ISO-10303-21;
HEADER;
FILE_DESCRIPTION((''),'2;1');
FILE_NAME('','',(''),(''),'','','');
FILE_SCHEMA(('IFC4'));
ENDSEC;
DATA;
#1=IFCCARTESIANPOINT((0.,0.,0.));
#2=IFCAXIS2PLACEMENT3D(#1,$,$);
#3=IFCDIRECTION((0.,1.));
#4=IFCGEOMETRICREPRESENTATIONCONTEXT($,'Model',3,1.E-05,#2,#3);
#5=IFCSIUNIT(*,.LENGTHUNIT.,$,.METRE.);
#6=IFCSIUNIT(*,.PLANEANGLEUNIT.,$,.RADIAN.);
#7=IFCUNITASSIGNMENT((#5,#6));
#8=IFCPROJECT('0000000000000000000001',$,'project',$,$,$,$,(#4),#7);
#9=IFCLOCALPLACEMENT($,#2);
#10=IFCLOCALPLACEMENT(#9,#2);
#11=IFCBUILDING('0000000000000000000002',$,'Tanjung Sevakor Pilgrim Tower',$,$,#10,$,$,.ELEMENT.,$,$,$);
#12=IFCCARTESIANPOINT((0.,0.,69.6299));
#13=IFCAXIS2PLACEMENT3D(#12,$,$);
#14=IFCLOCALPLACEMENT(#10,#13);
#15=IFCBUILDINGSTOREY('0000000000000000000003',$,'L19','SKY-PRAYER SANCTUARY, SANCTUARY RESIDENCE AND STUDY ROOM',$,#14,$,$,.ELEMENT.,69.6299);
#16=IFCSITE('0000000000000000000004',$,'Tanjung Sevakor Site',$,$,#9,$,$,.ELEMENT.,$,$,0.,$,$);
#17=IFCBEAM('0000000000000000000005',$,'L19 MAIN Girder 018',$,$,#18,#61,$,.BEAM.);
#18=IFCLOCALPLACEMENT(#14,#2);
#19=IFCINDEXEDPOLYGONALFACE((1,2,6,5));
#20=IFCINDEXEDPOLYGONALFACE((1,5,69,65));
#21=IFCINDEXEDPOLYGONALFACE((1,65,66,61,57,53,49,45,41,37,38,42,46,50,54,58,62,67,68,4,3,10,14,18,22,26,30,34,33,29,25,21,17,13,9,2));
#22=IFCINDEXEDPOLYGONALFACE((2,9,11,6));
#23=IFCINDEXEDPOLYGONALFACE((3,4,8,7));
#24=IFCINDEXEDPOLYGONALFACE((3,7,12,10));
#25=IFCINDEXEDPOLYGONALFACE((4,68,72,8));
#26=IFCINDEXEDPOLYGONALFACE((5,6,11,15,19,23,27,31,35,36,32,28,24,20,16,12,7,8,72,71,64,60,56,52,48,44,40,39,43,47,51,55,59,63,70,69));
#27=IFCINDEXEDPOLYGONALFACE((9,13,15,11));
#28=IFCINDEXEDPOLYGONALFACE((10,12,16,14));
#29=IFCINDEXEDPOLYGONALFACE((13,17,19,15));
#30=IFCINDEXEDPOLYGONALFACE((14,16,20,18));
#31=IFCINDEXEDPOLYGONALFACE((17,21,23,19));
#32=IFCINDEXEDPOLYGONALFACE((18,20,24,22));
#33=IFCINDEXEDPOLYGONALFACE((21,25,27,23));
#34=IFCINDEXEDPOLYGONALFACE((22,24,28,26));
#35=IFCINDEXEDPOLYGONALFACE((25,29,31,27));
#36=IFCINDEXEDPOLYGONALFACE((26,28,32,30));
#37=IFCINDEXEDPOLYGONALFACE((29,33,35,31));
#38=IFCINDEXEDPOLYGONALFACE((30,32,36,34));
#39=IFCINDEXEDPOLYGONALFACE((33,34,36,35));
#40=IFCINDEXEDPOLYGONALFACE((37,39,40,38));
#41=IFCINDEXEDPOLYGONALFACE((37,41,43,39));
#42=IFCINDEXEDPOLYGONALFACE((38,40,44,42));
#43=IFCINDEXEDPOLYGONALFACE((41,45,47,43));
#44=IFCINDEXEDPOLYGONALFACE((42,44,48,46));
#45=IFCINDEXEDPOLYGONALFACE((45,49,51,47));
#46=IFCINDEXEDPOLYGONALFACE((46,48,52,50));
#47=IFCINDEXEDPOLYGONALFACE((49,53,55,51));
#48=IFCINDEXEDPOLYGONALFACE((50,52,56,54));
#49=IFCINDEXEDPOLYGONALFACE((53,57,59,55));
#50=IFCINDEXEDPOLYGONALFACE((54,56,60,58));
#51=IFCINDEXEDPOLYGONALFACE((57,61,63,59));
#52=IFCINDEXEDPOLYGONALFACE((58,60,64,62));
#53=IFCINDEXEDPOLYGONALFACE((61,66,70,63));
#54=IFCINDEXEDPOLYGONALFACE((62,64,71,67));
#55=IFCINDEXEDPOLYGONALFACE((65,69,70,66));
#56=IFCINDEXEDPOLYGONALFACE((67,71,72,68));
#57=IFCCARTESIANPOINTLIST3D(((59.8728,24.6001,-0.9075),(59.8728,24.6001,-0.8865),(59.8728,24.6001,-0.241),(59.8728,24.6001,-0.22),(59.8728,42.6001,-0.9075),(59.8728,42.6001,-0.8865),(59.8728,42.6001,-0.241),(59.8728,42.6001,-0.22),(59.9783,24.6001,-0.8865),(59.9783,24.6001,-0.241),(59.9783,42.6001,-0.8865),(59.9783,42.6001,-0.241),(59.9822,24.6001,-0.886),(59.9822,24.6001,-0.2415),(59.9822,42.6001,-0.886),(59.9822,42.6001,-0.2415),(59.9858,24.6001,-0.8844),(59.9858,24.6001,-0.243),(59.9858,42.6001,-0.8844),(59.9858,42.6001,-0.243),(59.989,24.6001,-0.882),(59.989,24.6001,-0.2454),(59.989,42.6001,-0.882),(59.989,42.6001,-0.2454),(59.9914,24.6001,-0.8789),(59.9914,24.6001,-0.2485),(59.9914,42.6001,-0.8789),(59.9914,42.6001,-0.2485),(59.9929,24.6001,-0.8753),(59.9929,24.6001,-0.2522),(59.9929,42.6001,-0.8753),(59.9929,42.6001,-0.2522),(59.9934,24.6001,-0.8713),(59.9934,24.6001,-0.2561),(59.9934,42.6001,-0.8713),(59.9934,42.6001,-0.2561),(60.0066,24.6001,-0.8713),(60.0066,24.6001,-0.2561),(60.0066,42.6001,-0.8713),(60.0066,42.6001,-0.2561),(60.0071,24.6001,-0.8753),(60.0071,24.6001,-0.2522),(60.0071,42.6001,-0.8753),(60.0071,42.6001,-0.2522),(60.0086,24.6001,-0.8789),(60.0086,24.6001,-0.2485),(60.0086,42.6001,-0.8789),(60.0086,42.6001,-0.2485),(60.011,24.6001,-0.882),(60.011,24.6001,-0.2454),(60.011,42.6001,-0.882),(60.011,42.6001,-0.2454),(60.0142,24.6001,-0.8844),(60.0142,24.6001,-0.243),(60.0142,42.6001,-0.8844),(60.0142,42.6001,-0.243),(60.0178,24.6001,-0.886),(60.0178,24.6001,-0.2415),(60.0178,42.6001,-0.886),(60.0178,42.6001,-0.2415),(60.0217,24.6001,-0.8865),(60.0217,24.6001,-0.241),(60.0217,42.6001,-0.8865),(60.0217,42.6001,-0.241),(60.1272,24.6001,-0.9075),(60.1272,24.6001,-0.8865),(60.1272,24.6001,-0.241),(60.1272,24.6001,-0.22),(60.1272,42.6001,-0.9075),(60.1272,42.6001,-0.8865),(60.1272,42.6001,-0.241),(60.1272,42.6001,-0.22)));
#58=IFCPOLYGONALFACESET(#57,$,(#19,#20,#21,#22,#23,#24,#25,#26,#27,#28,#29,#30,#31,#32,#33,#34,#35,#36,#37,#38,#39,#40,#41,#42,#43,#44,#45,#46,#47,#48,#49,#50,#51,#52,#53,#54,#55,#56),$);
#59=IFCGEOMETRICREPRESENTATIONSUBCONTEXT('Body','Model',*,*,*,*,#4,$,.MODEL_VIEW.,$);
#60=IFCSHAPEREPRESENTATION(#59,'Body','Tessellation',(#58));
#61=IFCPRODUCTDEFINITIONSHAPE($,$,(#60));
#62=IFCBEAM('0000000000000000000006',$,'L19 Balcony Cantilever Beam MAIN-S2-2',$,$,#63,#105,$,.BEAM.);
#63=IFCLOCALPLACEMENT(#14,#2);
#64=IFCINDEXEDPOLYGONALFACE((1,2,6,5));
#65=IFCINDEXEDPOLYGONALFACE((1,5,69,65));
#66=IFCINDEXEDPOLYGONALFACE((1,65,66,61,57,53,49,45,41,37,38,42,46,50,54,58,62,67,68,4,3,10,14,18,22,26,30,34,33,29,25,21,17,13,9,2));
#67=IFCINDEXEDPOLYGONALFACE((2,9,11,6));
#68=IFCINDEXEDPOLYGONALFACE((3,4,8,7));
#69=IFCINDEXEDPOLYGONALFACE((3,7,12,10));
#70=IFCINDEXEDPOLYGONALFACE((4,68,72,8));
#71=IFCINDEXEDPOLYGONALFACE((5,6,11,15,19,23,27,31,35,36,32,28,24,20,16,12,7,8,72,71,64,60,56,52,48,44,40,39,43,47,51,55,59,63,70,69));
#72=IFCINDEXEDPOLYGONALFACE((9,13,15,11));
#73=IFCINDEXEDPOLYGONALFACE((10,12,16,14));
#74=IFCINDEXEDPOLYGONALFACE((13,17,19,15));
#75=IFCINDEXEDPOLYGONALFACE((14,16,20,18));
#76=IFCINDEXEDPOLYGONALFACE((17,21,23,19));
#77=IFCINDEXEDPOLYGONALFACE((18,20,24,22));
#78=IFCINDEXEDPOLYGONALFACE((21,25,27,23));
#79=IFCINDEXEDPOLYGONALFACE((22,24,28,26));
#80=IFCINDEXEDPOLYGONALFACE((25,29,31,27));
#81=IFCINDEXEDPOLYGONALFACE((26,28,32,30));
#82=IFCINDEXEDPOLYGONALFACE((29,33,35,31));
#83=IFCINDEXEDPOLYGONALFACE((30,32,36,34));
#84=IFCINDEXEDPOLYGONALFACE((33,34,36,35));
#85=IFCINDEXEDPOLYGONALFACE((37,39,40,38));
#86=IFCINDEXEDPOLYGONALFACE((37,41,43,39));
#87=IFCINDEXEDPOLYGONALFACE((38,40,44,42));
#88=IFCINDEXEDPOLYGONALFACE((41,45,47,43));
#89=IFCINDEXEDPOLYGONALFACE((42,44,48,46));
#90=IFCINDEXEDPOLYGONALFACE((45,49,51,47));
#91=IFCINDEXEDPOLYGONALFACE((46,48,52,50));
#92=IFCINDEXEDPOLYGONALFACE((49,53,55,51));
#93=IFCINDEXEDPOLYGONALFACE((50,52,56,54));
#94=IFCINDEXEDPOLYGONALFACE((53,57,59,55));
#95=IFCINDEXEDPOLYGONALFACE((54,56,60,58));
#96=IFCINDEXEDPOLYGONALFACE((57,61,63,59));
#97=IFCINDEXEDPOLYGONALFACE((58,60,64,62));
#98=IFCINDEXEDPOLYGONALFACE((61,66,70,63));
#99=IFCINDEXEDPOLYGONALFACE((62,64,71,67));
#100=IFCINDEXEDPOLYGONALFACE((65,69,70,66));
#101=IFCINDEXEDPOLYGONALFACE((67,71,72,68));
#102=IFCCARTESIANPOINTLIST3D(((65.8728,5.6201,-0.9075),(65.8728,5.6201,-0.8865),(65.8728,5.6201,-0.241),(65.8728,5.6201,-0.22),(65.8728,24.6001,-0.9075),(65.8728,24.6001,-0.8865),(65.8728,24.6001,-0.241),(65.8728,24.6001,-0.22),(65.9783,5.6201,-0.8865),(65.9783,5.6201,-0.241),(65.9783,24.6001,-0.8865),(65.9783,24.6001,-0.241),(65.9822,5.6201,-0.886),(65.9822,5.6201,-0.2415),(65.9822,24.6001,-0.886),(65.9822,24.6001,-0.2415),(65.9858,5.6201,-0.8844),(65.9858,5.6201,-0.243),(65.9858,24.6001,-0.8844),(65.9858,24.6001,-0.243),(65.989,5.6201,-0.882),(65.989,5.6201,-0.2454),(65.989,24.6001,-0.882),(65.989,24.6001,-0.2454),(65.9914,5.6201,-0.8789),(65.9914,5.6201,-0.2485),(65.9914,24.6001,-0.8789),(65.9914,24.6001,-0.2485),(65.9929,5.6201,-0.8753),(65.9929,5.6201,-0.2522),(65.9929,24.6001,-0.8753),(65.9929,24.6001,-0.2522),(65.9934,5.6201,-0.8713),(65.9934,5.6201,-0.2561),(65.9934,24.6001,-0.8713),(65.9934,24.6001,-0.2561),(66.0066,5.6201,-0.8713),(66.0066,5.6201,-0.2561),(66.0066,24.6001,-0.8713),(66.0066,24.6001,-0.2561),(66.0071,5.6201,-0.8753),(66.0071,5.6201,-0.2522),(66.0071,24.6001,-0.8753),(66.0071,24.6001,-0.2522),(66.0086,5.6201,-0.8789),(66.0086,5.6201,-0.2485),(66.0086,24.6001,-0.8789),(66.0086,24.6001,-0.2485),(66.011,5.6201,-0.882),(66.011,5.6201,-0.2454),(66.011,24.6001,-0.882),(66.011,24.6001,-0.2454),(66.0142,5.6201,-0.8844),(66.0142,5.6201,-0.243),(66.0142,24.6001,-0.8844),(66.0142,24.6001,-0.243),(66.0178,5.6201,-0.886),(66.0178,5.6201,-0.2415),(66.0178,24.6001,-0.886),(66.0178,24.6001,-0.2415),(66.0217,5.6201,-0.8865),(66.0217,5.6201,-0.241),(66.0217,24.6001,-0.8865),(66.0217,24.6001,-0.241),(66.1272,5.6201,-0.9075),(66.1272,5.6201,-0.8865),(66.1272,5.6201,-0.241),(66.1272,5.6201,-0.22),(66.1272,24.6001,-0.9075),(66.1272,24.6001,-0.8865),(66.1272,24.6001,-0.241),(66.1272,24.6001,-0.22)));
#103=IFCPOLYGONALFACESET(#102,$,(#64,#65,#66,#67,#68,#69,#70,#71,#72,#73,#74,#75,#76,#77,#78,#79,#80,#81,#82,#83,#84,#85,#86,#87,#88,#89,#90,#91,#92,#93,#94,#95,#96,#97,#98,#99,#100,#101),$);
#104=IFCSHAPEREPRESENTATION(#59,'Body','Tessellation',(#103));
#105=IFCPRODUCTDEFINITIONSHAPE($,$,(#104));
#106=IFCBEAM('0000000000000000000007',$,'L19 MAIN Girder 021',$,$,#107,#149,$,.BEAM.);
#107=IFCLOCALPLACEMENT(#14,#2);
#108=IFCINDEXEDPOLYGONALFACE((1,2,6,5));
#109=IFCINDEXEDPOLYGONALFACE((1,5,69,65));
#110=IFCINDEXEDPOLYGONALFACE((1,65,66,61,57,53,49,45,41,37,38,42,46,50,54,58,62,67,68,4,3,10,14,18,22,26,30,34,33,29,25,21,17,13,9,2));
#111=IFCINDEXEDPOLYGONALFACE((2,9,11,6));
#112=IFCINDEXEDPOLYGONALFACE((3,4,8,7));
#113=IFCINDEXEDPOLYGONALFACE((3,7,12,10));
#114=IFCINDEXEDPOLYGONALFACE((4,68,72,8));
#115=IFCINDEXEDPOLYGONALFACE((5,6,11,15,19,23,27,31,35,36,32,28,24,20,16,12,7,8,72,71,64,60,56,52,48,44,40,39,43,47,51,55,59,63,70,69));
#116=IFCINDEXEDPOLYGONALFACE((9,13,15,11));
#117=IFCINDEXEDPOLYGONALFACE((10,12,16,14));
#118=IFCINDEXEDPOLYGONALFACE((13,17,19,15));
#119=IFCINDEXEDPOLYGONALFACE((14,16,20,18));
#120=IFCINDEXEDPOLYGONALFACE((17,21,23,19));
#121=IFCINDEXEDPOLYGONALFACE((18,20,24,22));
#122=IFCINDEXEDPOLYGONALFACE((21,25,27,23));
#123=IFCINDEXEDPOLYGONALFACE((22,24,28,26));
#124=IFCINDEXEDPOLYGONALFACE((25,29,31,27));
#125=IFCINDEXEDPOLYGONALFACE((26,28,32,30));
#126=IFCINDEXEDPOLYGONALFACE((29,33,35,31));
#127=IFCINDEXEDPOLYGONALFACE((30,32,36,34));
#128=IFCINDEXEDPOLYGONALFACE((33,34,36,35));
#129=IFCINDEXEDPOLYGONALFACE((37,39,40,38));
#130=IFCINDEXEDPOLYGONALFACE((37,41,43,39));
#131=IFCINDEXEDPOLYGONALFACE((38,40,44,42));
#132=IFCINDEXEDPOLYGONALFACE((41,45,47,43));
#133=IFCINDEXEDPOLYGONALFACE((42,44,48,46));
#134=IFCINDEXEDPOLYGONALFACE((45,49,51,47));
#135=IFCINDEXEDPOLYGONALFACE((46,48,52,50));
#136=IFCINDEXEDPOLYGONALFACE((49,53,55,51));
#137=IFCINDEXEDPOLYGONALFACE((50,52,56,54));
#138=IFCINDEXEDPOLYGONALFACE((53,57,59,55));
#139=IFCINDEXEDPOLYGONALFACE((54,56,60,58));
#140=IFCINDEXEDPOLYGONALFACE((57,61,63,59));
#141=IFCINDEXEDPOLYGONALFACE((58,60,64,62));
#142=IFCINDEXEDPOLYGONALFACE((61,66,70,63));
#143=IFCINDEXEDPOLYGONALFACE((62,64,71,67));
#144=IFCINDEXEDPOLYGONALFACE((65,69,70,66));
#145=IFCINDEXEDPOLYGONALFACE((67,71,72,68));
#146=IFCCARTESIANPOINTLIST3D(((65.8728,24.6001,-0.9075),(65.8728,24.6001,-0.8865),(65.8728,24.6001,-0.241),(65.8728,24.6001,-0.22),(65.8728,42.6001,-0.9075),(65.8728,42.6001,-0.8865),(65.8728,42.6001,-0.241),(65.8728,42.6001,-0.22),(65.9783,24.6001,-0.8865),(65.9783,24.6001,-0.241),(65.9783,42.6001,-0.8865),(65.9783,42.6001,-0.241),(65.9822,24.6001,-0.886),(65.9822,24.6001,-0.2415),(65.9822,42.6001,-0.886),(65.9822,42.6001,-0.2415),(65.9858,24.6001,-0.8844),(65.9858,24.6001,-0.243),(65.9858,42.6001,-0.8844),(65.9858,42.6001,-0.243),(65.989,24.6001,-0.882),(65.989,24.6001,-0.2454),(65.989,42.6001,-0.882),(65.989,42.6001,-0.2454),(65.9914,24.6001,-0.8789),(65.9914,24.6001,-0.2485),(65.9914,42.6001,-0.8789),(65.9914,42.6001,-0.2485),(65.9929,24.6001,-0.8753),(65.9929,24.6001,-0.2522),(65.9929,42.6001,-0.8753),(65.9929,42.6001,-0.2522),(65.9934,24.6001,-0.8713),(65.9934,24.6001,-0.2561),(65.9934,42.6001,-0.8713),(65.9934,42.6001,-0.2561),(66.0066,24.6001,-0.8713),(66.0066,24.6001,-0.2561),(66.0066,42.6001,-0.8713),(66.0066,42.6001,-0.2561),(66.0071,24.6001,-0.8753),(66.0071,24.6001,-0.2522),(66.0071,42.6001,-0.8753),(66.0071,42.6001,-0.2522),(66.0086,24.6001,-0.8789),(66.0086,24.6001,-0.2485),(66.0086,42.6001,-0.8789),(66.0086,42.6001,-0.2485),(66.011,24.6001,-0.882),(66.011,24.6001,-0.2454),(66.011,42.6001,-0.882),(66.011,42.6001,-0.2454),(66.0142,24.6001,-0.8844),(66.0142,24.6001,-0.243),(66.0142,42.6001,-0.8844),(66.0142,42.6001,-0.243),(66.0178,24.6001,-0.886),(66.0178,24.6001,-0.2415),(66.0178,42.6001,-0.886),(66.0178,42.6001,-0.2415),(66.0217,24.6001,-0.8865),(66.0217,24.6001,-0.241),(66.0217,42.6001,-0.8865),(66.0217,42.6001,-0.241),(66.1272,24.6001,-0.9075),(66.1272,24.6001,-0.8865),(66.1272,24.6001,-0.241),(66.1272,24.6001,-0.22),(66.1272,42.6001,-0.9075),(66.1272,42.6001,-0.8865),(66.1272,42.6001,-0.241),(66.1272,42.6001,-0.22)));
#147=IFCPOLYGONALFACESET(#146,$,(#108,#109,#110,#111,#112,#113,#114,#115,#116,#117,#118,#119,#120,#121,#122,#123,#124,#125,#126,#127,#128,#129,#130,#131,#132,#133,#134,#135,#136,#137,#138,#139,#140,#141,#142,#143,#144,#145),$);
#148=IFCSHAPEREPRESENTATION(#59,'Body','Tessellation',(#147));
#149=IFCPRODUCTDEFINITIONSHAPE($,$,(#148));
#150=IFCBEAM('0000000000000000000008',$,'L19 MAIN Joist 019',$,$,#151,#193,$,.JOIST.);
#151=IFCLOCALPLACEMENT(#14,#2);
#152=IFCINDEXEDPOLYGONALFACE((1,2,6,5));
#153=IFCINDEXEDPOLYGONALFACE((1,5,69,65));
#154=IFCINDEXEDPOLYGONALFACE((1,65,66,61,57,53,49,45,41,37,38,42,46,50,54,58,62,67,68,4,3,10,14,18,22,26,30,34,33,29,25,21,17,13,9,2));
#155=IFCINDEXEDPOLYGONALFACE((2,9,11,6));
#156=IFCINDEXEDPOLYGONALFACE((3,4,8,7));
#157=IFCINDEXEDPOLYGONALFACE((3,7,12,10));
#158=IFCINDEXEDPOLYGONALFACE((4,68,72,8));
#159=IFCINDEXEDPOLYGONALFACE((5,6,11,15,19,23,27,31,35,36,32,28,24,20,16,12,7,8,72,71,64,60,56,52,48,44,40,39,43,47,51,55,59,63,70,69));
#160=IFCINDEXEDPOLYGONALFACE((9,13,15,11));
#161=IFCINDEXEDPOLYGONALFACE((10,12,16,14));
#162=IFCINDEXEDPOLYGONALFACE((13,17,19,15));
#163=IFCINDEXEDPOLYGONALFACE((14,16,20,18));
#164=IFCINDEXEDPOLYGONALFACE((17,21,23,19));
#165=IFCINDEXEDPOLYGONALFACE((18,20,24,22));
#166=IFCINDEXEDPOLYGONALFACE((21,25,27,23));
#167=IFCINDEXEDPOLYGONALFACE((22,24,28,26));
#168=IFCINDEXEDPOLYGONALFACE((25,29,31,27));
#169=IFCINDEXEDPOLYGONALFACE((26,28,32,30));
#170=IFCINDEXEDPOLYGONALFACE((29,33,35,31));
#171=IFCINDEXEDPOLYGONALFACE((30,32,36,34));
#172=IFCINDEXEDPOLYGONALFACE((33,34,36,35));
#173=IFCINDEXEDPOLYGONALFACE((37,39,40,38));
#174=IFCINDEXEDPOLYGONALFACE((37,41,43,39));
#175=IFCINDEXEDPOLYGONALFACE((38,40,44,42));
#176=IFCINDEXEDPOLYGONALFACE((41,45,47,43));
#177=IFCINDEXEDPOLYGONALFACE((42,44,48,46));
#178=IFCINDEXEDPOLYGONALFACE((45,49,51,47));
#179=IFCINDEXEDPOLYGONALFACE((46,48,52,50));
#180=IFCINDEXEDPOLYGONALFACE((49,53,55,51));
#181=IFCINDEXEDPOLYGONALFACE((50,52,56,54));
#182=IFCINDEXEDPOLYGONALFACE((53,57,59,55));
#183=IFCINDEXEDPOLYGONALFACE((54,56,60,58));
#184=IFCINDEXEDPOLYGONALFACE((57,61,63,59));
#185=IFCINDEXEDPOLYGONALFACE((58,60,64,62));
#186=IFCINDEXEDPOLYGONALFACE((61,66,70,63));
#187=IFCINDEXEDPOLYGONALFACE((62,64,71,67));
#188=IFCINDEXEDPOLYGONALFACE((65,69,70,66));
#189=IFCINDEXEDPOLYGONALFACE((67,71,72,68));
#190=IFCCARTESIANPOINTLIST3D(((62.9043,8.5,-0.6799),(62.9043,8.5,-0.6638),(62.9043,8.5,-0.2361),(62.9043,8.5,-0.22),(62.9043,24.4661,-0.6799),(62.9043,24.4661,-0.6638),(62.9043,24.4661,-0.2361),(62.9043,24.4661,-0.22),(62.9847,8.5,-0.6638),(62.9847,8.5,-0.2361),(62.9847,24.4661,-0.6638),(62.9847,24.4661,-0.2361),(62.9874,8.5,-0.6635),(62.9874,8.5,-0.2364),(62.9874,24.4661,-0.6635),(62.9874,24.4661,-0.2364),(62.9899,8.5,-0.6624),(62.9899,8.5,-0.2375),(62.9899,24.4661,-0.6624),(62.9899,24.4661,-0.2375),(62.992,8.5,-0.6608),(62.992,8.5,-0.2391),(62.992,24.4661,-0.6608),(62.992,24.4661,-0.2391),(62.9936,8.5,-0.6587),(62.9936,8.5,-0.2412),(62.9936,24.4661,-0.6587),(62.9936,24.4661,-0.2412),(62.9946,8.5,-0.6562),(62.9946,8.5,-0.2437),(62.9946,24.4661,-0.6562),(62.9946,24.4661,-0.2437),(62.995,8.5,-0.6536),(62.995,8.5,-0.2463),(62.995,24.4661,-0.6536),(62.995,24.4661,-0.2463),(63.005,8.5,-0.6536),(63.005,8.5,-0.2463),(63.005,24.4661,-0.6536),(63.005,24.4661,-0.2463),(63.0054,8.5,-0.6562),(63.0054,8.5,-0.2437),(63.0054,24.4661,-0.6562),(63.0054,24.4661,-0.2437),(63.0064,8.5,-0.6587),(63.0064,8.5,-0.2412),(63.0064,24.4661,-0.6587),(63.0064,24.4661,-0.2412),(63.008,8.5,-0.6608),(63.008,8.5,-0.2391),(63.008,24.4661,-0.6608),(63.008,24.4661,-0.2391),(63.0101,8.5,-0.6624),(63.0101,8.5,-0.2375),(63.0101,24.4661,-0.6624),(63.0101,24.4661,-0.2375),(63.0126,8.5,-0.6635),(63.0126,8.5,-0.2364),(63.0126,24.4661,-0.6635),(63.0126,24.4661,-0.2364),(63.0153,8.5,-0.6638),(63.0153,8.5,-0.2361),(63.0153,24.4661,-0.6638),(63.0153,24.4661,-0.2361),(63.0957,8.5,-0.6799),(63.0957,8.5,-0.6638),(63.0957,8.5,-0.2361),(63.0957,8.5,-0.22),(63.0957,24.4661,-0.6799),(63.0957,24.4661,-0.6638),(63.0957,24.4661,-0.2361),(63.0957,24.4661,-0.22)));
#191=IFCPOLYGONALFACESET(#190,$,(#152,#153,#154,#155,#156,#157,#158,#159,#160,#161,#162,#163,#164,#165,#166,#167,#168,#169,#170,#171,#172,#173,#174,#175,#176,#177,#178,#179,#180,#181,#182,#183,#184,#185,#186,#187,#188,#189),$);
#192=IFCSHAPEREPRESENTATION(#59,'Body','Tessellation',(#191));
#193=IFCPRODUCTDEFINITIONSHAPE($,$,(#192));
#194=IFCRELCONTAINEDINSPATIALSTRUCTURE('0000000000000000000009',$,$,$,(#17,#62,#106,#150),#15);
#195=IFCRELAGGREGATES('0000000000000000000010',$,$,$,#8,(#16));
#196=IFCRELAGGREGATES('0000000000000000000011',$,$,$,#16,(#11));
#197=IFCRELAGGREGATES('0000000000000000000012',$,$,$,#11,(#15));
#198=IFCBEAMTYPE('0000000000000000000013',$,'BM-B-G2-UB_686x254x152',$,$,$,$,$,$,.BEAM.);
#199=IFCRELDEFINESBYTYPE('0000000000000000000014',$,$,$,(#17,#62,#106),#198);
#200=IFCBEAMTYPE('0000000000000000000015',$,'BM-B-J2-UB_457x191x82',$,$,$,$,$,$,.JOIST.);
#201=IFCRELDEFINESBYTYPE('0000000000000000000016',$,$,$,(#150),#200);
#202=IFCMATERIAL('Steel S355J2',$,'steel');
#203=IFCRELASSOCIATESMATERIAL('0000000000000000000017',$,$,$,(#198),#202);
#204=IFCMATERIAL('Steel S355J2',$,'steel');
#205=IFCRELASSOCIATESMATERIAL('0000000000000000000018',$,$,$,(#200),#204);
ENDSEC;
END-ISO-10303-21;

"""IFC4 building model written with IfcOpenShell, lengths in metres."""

from ifc_helpers import new_model, si_unit, direction, frame, origin, origin_2d, place, context, subcontext, project, spatial, i_section, extrude, material, material_profile, profile_set, type_object, element, save


model = new_model("IFC4")

# Units and contexts
model_context = context("Model", 3, precision=1e-05, world=origin(), true_north=direction((0.0, 1.0)))
body_context = subcontext(model_context, "Body", "Model", "MODEL_VIEW")
ifc_project = project(units=[si_unit("LENGTHUNIT", "METRE"), si_unit("PLANEANGLEUNIT", "RADIAN")], contexts=[model_context])

# Site, building, storey
site_placement = place(None, origin())
site = spatial("IfcSite", under=ifc_project, at=site_placement, Name="Tanjung Sevakor Site", CompositionType="ELEMENT", RefElevation=0.0)
building_placement = place(site_placement, origin())
building = spatial("IfcBuilding", under=site, at=building_placement, Name="Tanjung Sevakor Pilgrim Tower", CompositionType="ELEMENT")
storey_placement = place(building_placement, frame((0.0, 0.0, 69.6299)))
storey = spatial("IfcBuildingStorey", under=building, at=storey_placement, Name="L19", Description="SKY-PRAYER SANCTUARY, SANCTUARY RESIDENCE AND STUDY ROOM", CompositionType="ELEMENT", Elevation=69.6299)

# Beams
ifc_material_1 = material(Name="Steel S355J2", Category="steel")
ifc_material_profile_1 = material_profile(ifc_material_1, i_section(OverallWidth=0.2544, OverallDepth=0.6875, WebThickness=0.0132, FlangeThickness=0.021, FilletRadius=0.0151, at=origin_2d()))
ifc_profile_set_1 = profile_set([ifc_material_profile_1], Name="Steel S355J2")
beam_type_1 = type_object("IfcBeamType", Name="BM-B-G2-UB_686x254x152", PredefinedType="BEAM", material=ifc_profile_set_1)
beam_1_placement = place(storey_placement, frame((60.0, 24.6001, -0.5637), z_axis=(0.0, 1.0, 0.0), x_axis=(-1.0, 0.0, 0.0)))
element("IfcBeam", 1, at=beam_1_placement, inside=storey, type_object=beam_type_1, Name="L19 MAIN Girder 018", PredefinedType="BEAM", context=body_context, shape_type="SweptSolid", body=[
    extrude(i_section(OverallWidth=0.2544, OverallDepth=0.6875, WebThickness=0.0132, FlangeThickness=0.021, FilletRadius=0.0151, at=origin_2d()), origin(), (0.0, 0.0, 1.0), 18.0),
])
beam_2_placement = place(storey_placement, frame((66.0, 24.6001, -0.5637), z_axis=(0.0, -1.0, 0.0), x_axis=(1.0, 0.0, 0.0)))
element("IfcBeam", 2, at=beam_2_placement, inside=storey, type_object=beam_type_1, Name="L19 Balcony Cantilever Beam MAIN-S2-2", PredefinedType="BEAM", context=body_context, shape_type="SweptSolid", body=[
    extrude(i_section(OverallWidth=0.2544, OverallDepth=0.6875, WebThickness=0.0132, FlangeThickness=0.021, FilletRadius=0.0151, at=origin_2d()), origin(), (0.0, 0.0, 1.0), 18.98),
])
beam_3_placement = place(storey_placement, frame((66.0, 24.6001, -0.5637), z_axis=(0.0, 1.0, 0.0), x_axis=(-1.0, 0.0, 0.0)))
element("IfcBeam", 3, at=beam_3_placement, inside=storey, type_object=beam_type_1, Name="L19 MAIN Girder 021", PredefinedType="BEAM", context=body_context, shape_type="SweptSolid", body=[
    extrude(i_section(OverallWidth=0.2544, OverallDepth=0.6875, WebThickness=0.0132, FlangeThickness=0.021, FilletRadius=0.0151, at=origin_2d()), origin(), (0.0, 0.0, 1.0), 18.0),
])
ifc_material_2 = material(Name="Steel S355J2", Category="steel")
ifc_material_profile_2 = material_profile(ifc_material_2, i_section(OverallWidth=0.1914, OverallDepth=0.46, WebThickness=0.01, FlangeThickness=0.0161, FilletRadius=0.0103, at=origin_2d()))
ifc_profile_set_2 = profile_set([ifc_material_profile_2], Name="Steel S355J2")
beam_type_2 = type_object("IfcBeamType", Name="BM-B-J2-UB_457x191x82", PredefinedType="JOIST", material=ifc_profile_set_2)
beam_4_placement = place(storey_placement, frame((63.0, 8.5, -0.45), z_axis=(0.0, 1.0, 0.0), x_axis=(-1.0, 0.0, 0.0)))
element("IfcBeam", 4, at=beam_4_placement, inside=storey, type_object=beam_type_2, Name="L19 MAIN Joist 019", PredefinedType="JOIST", context=body_context, shape_type="SweptSolid", body=[
    extrude(i_section(OverallWidth=0.1914, OverallDepth=0.46, WebThickness=0.01, FlangeThickness=0.0161, FilletRadius=0.0103, at=origin_2d()), origin(), (0.0, 0.0, 1.0), 15.9661),
])

save(model, "model.ifc")
